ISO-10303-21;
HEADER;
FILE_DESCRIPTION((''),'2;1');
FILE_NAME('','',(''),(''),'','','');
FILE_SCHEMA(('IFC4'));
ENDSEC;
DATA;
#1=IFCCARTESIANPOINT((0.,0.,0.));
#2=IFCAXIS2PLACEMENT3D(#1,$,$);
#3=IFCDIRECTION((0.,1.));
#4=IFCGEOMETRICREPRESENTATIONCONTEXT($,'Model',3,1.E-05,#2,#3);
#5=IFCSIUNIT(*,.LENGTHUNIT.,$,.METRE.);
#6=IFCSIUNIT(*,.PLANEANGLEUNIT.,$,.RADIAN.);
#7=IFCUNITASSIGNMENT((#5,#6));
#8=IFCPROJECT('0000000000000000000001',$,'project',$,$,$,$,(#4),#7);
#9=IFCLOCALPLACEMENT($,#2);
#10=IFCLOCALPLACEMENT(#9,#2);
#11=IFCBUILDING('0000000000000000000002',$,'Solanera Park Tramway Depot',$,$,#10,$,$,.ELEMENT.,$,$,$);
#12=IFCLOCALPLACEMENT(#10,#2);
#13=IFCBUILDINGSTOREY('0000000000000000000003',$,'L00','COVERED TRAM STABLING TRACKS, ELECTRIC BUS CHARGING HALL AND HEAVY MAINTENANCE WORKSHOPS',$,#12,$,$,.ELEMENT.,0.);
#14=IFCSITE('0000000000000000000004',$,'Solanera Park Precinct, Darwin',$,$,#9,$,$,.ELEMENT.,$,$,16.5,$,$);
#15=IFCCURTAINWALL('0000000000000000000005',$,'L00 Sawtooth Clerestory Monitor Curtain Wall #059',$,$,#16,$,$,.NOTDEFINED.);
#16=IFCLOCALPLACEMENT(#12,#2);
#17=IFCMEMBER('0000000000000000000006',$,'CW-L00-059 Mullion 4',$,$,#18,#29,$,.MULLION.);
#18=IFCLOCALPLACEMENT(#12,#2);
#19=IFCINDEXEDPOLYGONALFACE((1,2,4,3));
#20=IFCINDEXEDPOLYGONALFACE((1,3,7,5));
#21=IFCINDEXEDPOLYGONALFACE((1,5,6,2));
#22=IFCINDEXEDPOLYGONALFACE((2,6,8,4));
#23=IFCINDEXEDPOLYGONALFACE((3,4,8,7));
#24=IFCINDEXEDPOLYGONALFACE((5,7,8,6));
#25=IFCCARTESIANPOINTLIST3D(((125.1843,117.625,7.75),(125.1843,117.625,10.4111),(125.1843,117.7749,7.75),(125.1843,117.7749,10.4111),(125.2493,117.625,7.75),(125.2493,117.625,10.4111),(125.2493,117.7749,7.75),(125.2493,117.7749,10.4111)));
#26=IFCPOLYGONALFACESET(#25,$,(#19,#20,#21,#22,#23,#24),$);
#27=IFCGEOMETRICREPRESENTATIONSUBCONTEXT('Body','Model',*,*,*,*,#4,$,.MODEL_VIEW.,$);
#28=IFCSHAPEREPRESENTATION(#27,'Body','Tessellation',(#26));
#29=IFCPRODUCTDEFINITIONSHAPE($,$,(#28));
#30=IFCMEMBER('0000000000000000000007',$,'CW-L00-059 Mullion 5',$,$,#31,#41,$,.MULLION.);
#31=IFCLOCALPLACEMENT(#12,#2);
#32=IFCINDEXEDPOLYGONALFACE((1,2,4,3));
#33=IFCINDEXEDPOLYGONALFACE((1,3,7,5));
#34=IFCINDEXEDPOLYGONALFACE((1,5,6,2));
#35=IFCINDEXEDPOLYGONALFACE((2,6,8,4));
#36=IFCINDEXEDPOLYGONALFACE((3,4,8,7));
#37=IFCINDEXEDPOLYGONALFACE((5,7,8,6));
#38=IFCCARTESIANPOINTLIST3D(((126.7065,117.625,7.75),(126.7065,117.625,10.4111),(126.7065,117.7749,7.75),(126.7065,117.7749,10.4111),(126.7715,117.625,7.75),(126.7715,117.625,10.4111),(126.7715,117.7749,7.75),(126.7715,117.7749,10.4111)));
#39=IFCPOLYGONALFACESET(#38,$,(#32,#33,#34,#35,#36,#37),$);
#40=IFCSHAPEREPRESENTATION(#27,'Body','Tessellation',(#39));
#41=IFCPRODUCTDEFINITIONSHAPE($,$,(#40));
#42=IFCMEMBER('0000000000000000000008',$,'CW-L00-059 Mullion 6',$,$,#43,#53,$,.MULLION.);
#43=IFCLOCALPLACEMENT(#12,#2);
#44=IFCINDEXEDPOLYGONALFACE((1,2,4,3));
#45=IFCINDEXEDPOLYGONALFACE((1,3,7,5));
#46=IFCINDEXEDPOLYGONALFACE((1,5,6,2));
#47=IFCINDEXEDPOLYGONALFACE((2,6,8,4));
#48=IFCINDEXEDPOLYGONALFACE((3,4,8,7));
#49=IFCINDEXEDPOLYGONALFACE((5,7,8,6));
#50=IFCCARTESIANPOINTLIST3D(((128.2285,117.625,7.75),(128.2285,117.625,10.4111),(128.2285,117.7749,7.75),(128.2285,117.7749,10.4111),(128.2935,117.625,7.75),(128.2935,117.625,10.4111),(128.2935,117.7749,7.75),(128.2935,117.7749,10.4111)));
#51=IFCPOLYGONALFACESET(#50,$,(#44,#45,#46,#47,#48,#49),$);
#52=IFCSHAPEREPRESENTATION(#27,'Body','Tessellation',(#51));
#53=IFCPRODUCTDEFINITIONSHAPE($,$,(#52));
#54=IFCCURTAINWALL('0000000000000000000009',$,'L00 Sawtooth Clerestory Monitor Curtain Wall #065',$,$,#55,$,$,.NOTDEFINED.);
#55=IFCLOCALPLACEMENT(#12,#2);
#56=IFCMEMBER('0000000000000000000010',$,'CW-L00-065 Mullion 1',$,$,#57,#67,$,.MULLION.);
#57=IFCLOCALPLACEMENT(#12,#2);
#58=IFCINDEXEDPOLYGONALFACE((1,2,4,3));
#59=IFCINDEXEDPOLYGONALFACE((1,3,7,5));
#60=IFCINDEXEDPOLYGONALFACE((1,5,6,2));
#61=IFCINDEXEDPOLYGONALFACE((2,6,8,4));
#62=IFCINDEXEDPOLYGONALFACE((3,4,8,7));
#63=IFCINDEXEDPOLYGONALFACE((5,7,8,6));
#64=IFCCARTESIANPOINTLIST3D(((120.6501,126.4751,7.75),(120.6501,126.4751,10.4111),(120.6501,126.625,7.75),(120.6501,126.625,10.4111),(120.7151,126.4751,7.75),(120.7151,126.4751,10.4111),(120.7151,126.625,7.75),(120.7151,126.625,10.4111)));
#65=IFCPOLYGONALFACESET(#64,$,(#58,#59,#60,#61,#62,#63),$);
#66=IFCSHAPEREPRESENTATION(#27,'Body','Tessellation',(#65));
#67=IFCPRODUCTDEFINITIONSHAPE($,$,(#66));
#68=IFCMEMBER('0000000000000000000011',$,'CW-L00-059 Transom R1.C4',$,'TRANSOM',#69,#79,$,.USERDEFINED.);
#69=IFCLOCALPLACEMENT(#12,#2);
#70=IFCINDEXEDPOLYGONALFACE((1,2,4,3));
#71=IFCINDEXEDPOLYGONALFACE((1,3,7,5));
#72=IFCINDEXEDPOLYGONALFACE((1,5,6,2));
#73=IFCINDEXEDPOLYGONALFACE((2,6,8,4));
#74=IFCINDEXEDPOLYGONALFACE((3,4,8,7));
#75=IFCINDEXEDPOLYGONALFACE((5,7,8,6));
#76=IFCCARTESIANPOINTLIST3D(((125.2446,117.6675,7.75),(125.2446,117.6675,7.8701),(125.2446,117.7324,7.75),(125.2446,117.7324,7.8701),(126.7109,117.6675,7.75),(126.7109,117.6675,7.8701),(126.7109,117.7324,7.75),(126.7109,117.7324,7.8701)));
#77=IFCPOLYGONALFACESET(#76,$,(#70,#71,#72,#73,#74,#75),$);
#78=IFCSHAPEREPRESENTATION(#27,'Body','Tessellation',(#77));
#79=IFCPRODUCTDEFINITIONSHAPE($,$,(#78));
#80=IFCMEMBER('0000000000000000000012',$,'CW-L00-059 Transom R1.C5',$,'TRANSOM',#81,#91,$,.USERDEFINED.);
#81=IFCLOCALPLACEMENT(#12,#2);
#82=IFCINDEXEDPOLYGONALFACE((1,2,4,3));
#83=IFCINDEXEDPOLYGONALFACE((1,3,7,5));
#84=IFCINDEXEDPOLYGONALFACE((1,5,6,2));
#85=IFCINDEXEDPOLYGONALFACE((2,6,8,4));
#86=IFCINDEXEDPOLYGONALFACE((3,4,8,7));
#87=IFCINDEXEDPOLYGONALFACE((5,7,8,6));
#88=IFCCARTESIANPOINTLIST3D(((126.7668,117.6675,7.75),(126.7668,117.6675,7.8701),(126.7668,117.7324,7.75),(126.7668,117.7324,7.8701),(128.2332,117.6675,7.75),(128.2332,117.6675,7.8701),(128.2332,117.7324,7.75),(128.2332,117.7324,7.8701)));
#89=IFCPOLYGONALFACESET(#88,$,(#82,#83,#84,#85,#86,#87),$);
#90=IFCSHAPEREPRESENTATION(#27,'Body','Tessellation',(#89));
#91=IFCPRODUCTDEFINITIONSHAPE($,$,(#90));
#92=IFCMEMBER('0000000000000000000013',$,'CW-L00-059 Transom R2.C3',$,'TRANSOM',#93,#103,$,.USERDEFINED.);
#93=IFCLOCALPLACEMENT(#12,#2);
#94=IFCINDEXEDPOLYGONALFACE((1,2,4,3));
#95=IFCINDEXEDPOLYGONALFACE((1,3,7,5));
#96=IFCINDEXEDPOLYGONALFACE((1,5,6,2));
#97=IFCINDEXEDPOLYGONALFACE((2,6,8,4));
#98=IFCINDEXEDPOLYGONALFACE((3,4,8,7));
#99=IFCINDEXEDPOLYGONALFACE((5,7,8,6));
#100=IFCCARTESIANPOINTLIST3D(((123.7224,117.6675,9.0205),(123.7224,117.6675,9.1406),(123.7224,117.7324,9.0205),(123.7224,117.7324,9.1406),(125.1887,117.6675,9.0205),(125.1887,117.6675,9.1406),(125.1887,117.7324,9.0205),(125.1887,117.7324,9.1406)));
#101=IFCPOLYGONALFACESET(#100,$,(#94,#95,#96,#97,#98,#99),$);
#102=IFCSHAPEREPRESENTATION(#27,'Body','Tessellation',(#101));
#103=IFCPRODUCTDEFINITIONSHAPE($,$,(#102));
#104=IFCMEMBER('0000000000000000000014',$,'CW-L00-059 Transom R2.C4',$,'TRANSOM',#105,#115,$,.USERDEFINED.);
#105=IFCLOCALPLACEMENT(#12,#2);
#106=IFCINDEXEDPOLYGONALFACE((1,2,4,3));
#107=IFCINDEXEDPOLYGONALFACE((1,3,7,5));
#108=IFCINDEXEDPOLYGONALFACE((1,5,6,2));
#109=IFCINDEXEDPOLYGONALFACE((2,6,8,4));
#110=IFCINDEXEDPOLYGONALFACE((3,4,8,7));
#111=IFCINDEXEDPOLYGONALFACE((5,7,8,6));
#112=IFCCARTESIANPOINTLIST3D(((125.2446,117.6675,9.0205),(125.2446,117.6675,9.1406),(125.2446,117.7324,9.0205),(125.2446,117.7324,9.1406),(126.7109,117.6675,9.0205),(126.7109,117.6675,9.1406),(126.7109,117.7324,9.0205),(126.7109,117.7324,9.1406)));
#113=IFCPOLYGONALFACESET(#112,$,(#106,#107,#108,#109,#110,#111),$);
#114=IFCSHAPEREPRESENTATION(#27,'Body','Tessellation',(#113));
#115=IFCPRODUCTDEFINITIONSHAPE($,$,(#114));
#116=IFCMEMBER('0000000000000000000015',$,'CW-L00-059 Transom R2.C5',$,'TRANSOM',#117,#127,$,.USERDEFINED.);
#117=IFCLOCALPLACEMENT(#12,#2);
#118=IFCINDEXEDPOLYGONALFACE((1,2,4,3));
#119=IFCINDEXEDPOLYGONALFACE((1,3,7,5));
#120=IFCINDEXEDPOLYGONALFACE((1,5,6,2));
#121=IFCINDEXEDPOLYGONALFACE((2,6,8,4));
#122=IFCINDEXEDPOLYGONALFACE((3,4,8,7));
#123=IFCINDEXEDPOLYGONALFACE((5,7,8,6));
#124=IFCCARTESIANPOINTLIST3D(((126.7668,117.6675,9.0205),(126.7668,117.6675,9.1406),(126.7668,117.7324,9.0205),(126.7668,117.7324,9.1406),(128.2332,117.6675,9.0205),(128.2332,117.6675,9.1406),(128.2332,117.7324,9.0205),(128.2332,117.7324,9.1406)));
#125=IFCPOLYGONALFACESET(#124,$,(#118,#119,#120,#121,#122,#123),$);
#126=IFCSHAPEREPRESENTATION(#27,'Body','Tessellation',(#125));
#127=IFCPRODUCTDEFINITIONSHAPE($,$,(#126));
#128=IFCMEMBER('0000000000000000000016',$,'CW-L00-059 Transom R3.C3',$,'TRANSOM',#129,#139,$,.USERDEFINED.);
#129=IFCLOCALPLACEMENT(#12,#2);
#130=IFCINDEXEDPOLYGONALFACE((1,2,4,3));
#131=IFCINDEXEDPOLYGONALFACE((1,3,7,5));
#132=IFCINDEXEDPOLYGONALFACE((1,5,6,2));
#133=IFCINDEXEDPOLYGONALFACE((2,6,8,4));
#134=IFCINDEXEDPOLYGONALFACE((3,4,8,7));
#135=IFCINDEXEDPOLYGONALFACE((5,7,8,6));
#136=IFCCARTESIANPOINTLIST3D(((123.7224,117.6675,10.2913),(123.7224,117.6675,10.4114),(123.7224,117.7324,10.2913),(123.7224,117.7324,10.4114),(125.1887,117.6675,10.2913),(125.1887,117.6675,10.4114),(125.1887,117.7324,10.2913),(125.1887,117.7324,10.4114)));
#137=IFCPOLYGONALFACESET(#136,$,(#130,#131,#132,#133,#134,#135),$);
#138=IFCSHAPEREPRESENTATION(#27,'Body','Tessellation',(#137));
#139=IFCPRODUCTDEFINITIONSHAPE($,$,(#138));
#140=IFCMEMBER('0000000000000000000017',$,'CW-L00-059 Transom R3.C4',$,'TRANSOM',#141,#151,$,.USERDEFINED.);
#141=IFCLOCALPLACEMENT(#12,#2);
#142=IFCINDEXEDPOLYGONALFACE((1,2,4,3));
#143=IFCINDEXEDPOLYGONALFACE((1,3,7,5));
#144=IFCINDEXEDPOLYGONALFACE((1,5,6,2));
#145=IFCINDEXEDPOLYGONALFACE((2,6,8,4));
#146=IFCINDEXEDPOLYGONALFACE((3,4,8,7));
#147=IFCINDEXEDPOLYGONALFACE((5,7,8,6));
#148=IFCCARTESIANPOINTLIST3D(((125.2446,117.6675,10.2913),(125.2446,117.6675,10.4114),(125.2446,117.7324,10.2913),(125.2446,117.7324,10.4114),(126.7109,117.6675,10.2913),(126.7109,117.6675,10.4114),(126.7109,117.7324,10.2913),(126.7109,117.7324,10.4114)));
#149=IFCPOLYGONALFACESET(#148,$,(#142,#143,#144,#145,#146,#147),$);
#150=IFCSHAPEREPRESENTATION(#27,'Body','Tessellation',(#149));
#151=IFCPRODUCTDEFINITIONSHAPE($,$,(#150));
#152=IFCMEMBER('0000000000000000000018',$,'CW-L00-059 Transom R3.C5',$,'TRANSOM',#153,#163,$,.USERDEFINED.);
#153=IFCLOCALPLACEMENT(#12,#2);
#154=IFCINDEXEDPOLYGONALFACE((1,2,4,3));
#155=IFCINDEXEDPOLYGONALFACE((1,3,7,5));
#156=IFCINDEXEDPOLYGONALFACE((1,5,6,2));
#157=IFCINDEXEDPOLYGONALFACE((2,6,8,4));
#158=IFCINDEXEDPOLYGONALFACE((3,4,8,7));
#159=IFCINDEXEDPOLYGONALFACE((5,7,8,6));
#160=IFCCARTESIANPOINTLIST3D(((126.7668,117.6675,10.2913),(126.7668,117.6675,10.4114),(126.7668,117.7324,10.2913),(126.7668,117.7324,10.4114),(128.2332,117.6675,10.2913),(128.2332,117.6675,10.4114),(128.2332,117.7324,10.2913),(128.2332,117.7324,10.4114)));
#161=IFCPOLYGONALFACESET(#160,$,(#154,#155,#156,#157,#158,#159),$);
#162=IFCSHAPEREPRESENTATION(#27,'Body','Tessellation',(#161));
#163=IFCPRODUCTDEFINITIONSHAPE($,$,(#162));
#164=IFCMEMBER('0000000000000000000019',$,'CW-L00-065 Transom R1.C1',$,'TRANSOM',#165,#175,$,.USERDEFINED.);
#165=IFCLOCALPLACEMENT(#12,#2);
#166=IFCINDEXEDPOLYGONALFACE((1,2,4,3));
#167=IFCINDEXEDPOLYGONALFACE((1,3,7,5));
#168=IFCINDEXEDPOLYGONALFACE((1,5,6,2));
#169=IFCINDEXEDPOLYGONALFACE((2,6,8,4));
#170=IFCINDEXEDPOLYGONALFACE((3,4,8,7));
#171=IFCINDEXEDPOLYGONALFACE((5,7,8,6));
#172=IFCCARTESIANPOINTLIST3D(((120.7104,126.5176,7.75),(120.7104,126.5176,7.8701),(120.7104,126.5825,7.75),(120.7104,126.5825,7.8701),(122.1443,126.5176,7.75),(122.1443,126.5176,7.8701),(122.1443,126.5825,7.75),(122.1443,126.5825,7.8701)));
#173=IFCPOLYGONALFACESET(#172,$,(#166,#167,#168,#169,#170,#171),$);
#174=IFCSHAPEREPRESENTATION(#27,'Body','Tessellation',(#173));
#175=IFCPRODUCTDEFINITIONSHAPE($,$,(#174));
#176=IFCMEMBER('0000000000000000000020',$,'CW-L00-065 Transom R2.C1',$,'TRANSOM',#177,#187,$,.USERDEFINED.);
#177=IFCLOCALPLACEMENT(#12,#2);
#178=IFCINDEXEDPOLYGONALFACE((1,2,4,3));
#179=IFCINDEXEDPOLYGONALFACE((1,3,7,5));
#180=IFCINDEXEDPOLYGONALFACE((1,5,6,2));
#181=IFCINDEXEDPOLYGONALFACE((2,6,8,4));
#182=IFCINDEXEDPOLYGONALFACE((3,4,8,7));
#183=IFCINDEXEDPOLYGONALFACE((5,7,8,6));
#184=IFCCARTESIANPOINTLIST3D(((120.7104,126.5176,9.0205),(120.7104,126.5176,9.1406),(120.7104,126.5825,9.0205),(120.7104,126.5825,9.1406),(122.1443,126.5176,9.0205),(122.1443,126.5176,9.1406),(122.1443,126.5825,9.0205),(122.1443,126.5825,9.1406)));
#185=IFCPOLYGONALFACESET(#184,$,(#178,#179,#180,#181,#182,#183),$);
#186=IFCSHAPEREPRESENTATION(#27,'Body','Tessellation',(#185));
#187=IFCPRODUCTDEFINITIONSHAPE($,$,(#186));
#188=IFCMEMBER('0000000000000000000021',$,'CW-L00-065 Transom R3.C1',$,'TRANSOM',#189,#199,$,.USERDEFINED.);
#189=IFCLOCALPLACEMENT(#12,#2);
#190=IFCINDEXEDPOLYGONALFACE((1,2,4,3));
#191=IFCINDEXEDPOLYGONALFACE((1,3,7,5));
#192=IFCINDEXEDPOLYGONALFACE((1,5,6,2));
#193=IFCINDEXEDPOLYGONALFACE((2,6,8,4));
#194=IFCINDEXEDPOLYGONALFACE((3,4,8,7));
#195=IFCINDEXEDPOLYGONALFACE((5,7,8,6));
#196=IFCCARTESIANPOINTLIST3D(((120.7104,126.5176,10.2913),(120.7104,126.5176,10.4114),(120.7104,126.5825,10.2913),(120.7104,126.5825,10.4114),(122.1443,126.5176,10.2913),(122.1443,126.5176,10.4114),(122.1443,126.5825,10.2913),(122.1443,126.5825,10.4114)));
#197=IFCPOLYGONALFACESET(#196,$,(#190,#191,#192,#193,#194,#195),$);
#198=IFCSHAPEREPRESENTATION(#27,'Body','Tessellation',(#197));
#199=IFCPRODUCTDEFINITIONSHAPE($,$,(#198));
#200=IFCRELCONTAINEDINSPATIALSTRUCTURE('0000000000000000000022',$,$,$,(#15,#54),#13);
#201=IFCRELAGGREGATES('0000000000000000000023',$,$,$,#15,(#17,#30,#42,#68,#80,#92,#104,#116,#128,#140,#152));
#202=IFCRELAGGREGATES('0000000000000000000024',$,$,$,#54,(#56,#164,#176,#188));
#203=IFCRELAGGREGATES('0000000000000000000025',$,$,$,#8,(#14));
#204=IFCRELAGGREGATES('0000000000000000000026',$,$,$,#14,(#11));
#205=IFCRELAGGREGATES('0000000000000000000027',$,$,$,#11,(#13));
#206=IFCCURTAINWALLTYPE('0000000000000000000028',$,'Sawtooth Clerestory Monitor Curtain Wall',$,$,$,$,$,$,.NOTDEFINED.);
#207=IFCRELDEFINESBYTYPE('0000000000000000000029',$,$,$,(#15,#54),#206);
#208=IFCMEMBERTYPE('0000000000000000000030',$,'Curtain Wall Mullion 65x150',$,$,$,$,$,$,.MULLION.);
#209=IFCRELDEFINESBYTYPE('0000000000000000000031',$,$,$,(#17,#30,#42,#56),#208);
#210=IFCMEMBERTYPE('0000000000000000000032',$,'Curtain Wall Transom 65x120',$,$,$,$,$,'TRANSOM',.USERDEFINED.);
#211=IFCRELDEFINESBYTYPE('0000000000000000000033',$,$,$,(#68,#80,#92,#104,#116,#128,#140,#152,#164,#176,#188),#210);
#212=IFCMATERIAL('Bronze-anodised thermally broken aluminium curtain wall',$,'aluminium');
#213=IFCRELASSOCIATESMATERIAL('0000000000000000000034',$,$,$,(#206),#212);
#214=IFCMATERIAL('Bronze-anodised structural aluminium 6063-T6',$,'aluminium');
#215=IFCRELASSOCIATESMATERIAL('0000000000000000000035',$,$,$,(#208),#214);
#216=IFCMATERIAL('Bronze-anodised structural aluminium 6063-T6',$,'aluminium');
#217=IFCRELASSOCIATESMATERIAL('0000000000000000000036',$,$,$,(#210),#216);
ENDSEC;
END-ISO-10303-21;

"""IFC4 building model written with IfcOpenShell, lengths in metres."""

from ifc_helpers import new_model, si_unit, direction, frame, origin, origin_2d, place, context, subcontext, project, spatial, rectangle, extrude, material, material_profile, profile_set, type_object, element, aggregate, save


model = new_model("IFC4")

# Units and contexts
model_context = context("Model", 3, precision=1e-05, world=origin(), true_north=direction((0.0, 1.0)))
body_context = subcontext(model_context, "Body", "Model", "MODEL_VIEW")
ifc_project = project(units=[si_unit("LENGTHUNIT", "METRE"), si_unit("PLANEANGLEUNIT", "RADIAN")], contexts=[model_context])

# Site, building, storey
site_placement = place(None, origin())
site = spatial("IfcSite", under=ifc_project, at=site_placement, Name="Solanera Park Precinct, Darwin", CompositionType="ELEMENT", RefElevation=16.5)
building_placement = place(site_placement, origin())
building = spatial("IfcBuilding", under=site, at=building_placement, Name="Solanera Park Tramway Depot", CompositionType="ELEMENT")
storey_placement = place(building_placement, origin())
storey = spatial("IfcBuildingStorey", under=building, at=storey_placement, Name="L00", Description="COVERED TRAM STABLING TRACKS, ELECTRIC BUS CHARGING HALL AND HEAVY MAINTENANCE WORKSHOPS", CompositionType="ELEMENT", Elevation=0.0)

# Curtain wall, members
ifc_material_1 = material(Name="Bronze-anodised thermally broken aluminium curtain wall", Category="aluminium")
curtain_wall_type = type_object("IfcCurtainWallType", Name="Sawtooth Clerestory Monitor Curtain Wall", PredefinedType="NOTDEFINED", material=ifc_material_1)
curtain_wall_1_placement = place(storey_placement, origin())
curtain_wall_1 = element("IfcCurtainWall", 1, at=curtain_wall_1_placement, inside=storey, type_object=curtain_wall_type, Name="L00 Sawtooth Clerestory Monitor Curtain Wall #059", PredefinedType="NOTDEFINED")
ifc_material_2 = material(Name="Bronze-anodised structural aluminium 6063-T6", Category="aluminium")
ifc_material_profile_1 = material_profile(ifc_material_2, rectangle(XDim=0.0649, YDim=0.1499, at=origin_2d()), Name="Curtain Wall Mullion 65x150")
ifc_profile_set_1 = profile_set([ifc_material_profile_1], Name="Bronze-anodised structural aluminium 6063-T6")
member_type_1 = type_object("IfcMemberType", Name="Curtain Wall Mullion 65x150", PredefinedType="MULLION", material=ifc_profile_set_1)
member_1_placement = place(storey_placement, frame((125.2168, 117.7, 7.75), z_axis=(0.0, 0.0, 1.0), x_axis=(1.0, 0.0, 0.0)))
member_1 = element("IfcMember", 2, at=member_1_placement, type_object=member_type_1, Name="CW-L00-059 Mullion 4", PredefinedType="MULLION", context=body_context, shape_type="SweptSolid", body=[
    extrude(rectangle(XDim=0.0649, YDim=0.1499, at=origin_2d()), origin(), (0.0, 0.0, 1.0), 2.6611),
])
member_2_placement = place(storey_placement, frame((126.739, 117.7, 7.75), z_axis=(0.0, 0.0, 1.0), x_axis=(1.0, 0.0, 0.0)))
member_2 = element("IfcMember", 3, at=member_2_placement, type_object=member_type_1, Name="CW-L00-059 Mullion 5", PredefinedType="MULLION", context=body_context, shape_type="SweptSolid", body=[
    extrude(rectangle(XDim=0.0649, YDim=0.1499, at=origin_2d()), origin(), (0.0, 0.0, 1.0), 2.6611),
])
member_3_placement = place(storey_placement, frame((128.261, 117.7, 7.75), z_axis=(0.0, 0.0, 1.0), x_axis=(1.0, 0.0, 0.0)))
member_3 = element("IfcMember", 4, at=member_3_placement, type_object=member_type_1, Name="CW-L00-059 Mullion 6", PredefinedType="MULLION", context=body_context, shape_type="SweptSolid", body=[
    extrude(rectangle(XDim=0.0649, YDim=0.1499, at=origin_2d()), origin(), (0.0, 0.0, 1.0), 2.6611),
])

# Curtain wall, member
curtain_wall_2_placement = place(storey_placement, origin())
curtain_wall_2 = element("IfcCurtainWall", 5, at=curtain_wall_2_placement, inside=storey, type_object=curtain_wall_type, Name="L00 Sawtooth Clerestory Monitor Curtain Wall #065", PredefinedType="NOTDEFINED")
member_4_placement = place(storey_placement, frame((120.6826, 126.55, 7.75), z_axis=(0.0, 0.0, 1.0), x_axis=(1.0, 0.0, 0.0)))
member_4 = element("IfcMember", 6, at=member_4_placement, type_object=member_type_1, Name="CW-L00-065 Mullion 1", PredefinedType="MULLION", context=body_context, shape_type="SweptSolid", body=[
    extrude(rectangle(XDim=0.0649, YDim=0.1499, at=origin_2d()), origin(), (0.0, 0.0, 1.0), 2.6611),
])

# Members
ifc_material_3 = material(Name="Bronze-anodised structural aluminium 6063-T6", Category="aluminium")
ifc_material_profile_2 = material_profile(ifc_material_3, rectangle(XDim=0.0649, YDim=0.1201, at=origin_2d()), Name="Curtain Wall Transom 65x120")
ifc_profile_set_2 = profile_set([ifc_material_profile_2], Name="Bronze-anodised structural aluminium 6063-T6")
member_type_2 = type_object("IfcMemberType", Name="Curtain Wall Transom 65x120", ElementType="TRANSOM", PredefinedType="USERDEFINED", material=ifc_profile_set_2)
member_5_placement = place(storey_placement, frame((125.2446, 117.7, 7.8101), z_axis=(1.0, 0.0, 0.0), x_axis=(0.0, 1.0, 0.0)))
member_5 = element("IfcMember", 7, at=member_5_placement, type_object=member_type_2, Name="CW-L00-059 Transom R1.C4", ObjectType="TRANSOM", PredefinedType="USERDEFINED", context=body_context, shape_type="SweptSolid", body=[
    extrude(rectangle(XDim=0.0649, YDim=0.1201, at=origin_2d()), origin(), (0.0, 0.0, 1.0), 1.4663),
])
member_6_placement = place(storey_placement, frame((126.7668, 117.7, 7.8101), z_axis=(1.0, 0.0, 0.0), x_axis=(0.0, 1.0, 0.0)))
member_6 = element("IfcMember", 8, at=member_6_placement, type_object=member_type_2, Name="CW-L00-059 Transom R1.C5", ObjectType="TRANSOM", PredefinedType="USERDEFINED", context=body_context, shape_type="SweptSolid", body=[
    extrude(rectangle(XDim=0.0649, YDim=0.1201, at=origin_2d()), origin(), (0.0, 0.0, 1.0), 1.4663),
])
member_7_placement = place(storey_placement, frame((123.7224, 117.7, 9.0806), z_axis=(1.0, 0.0, 0.0), x_axis=(0.0, 1.0, 0.0)))
member_7 = element("IfcMember", 9, at=member_7_placement, type_object=member_type_2, Name="CW-L00-059 Transom R2.C3", ObjectType="TRANSOM", PredefinedType="USERDEFINED", context=body_context, shape_type="SweptSolid", body=[
    extrude(rectangle(XDim=0.0649, YDim=0.1201, at=origin_2d()), origin(), (0.0, 0.0, 1.0), 1.4663),
])
member_8_placement = place(storey_placement, frame((125.2446, 117.7, 9.0806), z_axis=(1.0, 0.0, 0.0), x_axis=(0.0, 1.0, 0.0)))
member_8 = element("IfcMember", 10, at=member_8_placement, type_object=member_type_2, Name="CW-L00-059 Transom R2.C4", ObjectType="TRANSOM", PredefinedType="USERDEFINED", context=body_context, shape_type="SweptSolid", body=[
    extrude(rectangle(XDim=0.0649, YDim=0.1201, at=origin_2d()), origin(), (0.0, 0.0, 1.0), 1.4663),
])
member_9_placement = place(storey_placement, frame((126.7668, 117.7, 9.0806), z_axis=(1.0, 0.0, 0.0), x_axis=(0.0, 1.0, 0.0)))
member_9 = element("IfcMember", 11, at=member_9_placement, type_object=member_type_2, Name="CW-L00-059 Transom R2.C5", ObjectType="TRANSOM", PredefinedType="USERDEFINED", context=body_context, shape_type="SweptSolid", body=[
    extrude(rectangle(XDim=0.0649, YDim=0.1201, at=origin_2d()), origin(), (0.0, 0.0, 1.0), 1.4663),
])
member_10_placement = place(storey_placement, frame((123.7224, 117.7, 10.3513), z_axis=(1.0, 0.0, 0.0), x_axis=(0.0, 1.0, 0.0)))
member_10 = element("IfcMember", 12, at=member_10_placement, type_object=member_type_2, Name="CW-L00-059 Transom R3.C3", ObjectType="TRANSOM", PredefinedType="USERDEFINED", context=body_context, shape_type="SweptSolid", body=[
    extrude(rectangle(XDim=0.0649, YDim=0.1201, at=origin_2d()), origin(), (0.0, 0.0, 1.0), 1.4663),
])
member_11_placement = place(storey_placement, frame((125.2446, 117.7, 10.3513), z_axis=(1.0, 0.0, 0.0), x_axis=(0.0, 1.0, 0.0)))
member_11 = element("IfcMember", 13, at=member_11_placement, type_object=member_type_2, Name="CW-L00-059 Transom R3.C4", ObjectType="TRANSOM", PredefinedType="USERDEFINED", context=body_context, shape_type="SweptSolid", body=[
    extrude(rectangle(XDim=0.0649, YDim=0.1201, at=origin_2d()), origin(), (0.0, 0.0, 1.0), 1.4663),
])
member_12_placement = place(storey_placement, frame((126.7668, 117.7, 10.3513), z_axis=(1.0, 0.0, 0.0), x_axis=(0.0, 1.0, 0.0)))
member_12 = element("IfcMember", 14, at=member_12_placement, type_object=member_type_2, Name="CW-L00-059 Transom R3.C5", ObjectType="TRANSOM", PredefinedType="USERDEFINED", context=body_context, shape_type="SweptSolid", body=[
    extrude(rectangle(XDim=0.0649, YDim=0.1201, at=origin_2d()), origin(), (0.0, 0.0, 1.0), 1.4663),
])
member_13_placement = place(storey_placement, frame((120.7104, 126.55, 7.8101), z_axis=(1.0, 0.0, 0.0), x_axis=(0.0, 1.0, 0.0)))
member_13 = element("IfcMember", 15, at=member_13_placement, type_object=member_type_2, Name="CW-L00-065 Transom R1.C1", ObjectType="TRANSOM", PredefinedType="USERDEFINED", context=body_context, shape_type="SweptSolid", body=[
    extrude(rectangle(XDim=0.0649, YDim=0.1201, at=origin_2d()), origin(), (0.0, 0.0, 1.0), 1.4338),
])
member_14_placement = place(storey_placement, frame((120.7104, 126.55, 9.0806), z_axis=(1.0, 0.0, 0.0), x_axis=(0.0, 1.0, 0.0)))
member_14 = element("IfcMember", 16, at=member_14_placement, type_object=member_type_2, Name="CW-L00-065 Transom R2.C1", ObjectType="TRANSOM", PredefinedType="USERDEFINED", context=body_context, shape_type="SweptSolid", body=[
    extrude(rectangle(XDim=0.0649, YDim=0.1201, at=origin_2d()), origin(), (0.0, 0.0, 1.0), 1.4338),
])
member_15_placement = place(storey_placement, frame((120.7104, 126.55, 10.3513), z_axis=(1.0, 0.0, 0.0), x_axis=(0.0, 1.0, 0.0)))
member_15 = element("IfcMember", 17, at=member_15_placement, type_object=member_type_2, Name="CW-L00-065 Transom R3.C1", ObjectType="TRANSOM", PredefinedType="USERDEFINED", context=body_context, shape_type="SweptSolid", body=[
    extrude(rectangle(XDim=0.0649, YDim=0.1201, at=origin_2d()), origin(), (0.0, 0.0, 1.0), 1.4338),
])

aggregate(curtain_wall_1, [member_1, member_2, member_3, member_5, member_6, member_7, member_8, member_9, member_10, member_11, member_12])
aggregate(curtain_wall_2, [member_4, member_13, member_14, member_15])

save(model, "model.ifc")
